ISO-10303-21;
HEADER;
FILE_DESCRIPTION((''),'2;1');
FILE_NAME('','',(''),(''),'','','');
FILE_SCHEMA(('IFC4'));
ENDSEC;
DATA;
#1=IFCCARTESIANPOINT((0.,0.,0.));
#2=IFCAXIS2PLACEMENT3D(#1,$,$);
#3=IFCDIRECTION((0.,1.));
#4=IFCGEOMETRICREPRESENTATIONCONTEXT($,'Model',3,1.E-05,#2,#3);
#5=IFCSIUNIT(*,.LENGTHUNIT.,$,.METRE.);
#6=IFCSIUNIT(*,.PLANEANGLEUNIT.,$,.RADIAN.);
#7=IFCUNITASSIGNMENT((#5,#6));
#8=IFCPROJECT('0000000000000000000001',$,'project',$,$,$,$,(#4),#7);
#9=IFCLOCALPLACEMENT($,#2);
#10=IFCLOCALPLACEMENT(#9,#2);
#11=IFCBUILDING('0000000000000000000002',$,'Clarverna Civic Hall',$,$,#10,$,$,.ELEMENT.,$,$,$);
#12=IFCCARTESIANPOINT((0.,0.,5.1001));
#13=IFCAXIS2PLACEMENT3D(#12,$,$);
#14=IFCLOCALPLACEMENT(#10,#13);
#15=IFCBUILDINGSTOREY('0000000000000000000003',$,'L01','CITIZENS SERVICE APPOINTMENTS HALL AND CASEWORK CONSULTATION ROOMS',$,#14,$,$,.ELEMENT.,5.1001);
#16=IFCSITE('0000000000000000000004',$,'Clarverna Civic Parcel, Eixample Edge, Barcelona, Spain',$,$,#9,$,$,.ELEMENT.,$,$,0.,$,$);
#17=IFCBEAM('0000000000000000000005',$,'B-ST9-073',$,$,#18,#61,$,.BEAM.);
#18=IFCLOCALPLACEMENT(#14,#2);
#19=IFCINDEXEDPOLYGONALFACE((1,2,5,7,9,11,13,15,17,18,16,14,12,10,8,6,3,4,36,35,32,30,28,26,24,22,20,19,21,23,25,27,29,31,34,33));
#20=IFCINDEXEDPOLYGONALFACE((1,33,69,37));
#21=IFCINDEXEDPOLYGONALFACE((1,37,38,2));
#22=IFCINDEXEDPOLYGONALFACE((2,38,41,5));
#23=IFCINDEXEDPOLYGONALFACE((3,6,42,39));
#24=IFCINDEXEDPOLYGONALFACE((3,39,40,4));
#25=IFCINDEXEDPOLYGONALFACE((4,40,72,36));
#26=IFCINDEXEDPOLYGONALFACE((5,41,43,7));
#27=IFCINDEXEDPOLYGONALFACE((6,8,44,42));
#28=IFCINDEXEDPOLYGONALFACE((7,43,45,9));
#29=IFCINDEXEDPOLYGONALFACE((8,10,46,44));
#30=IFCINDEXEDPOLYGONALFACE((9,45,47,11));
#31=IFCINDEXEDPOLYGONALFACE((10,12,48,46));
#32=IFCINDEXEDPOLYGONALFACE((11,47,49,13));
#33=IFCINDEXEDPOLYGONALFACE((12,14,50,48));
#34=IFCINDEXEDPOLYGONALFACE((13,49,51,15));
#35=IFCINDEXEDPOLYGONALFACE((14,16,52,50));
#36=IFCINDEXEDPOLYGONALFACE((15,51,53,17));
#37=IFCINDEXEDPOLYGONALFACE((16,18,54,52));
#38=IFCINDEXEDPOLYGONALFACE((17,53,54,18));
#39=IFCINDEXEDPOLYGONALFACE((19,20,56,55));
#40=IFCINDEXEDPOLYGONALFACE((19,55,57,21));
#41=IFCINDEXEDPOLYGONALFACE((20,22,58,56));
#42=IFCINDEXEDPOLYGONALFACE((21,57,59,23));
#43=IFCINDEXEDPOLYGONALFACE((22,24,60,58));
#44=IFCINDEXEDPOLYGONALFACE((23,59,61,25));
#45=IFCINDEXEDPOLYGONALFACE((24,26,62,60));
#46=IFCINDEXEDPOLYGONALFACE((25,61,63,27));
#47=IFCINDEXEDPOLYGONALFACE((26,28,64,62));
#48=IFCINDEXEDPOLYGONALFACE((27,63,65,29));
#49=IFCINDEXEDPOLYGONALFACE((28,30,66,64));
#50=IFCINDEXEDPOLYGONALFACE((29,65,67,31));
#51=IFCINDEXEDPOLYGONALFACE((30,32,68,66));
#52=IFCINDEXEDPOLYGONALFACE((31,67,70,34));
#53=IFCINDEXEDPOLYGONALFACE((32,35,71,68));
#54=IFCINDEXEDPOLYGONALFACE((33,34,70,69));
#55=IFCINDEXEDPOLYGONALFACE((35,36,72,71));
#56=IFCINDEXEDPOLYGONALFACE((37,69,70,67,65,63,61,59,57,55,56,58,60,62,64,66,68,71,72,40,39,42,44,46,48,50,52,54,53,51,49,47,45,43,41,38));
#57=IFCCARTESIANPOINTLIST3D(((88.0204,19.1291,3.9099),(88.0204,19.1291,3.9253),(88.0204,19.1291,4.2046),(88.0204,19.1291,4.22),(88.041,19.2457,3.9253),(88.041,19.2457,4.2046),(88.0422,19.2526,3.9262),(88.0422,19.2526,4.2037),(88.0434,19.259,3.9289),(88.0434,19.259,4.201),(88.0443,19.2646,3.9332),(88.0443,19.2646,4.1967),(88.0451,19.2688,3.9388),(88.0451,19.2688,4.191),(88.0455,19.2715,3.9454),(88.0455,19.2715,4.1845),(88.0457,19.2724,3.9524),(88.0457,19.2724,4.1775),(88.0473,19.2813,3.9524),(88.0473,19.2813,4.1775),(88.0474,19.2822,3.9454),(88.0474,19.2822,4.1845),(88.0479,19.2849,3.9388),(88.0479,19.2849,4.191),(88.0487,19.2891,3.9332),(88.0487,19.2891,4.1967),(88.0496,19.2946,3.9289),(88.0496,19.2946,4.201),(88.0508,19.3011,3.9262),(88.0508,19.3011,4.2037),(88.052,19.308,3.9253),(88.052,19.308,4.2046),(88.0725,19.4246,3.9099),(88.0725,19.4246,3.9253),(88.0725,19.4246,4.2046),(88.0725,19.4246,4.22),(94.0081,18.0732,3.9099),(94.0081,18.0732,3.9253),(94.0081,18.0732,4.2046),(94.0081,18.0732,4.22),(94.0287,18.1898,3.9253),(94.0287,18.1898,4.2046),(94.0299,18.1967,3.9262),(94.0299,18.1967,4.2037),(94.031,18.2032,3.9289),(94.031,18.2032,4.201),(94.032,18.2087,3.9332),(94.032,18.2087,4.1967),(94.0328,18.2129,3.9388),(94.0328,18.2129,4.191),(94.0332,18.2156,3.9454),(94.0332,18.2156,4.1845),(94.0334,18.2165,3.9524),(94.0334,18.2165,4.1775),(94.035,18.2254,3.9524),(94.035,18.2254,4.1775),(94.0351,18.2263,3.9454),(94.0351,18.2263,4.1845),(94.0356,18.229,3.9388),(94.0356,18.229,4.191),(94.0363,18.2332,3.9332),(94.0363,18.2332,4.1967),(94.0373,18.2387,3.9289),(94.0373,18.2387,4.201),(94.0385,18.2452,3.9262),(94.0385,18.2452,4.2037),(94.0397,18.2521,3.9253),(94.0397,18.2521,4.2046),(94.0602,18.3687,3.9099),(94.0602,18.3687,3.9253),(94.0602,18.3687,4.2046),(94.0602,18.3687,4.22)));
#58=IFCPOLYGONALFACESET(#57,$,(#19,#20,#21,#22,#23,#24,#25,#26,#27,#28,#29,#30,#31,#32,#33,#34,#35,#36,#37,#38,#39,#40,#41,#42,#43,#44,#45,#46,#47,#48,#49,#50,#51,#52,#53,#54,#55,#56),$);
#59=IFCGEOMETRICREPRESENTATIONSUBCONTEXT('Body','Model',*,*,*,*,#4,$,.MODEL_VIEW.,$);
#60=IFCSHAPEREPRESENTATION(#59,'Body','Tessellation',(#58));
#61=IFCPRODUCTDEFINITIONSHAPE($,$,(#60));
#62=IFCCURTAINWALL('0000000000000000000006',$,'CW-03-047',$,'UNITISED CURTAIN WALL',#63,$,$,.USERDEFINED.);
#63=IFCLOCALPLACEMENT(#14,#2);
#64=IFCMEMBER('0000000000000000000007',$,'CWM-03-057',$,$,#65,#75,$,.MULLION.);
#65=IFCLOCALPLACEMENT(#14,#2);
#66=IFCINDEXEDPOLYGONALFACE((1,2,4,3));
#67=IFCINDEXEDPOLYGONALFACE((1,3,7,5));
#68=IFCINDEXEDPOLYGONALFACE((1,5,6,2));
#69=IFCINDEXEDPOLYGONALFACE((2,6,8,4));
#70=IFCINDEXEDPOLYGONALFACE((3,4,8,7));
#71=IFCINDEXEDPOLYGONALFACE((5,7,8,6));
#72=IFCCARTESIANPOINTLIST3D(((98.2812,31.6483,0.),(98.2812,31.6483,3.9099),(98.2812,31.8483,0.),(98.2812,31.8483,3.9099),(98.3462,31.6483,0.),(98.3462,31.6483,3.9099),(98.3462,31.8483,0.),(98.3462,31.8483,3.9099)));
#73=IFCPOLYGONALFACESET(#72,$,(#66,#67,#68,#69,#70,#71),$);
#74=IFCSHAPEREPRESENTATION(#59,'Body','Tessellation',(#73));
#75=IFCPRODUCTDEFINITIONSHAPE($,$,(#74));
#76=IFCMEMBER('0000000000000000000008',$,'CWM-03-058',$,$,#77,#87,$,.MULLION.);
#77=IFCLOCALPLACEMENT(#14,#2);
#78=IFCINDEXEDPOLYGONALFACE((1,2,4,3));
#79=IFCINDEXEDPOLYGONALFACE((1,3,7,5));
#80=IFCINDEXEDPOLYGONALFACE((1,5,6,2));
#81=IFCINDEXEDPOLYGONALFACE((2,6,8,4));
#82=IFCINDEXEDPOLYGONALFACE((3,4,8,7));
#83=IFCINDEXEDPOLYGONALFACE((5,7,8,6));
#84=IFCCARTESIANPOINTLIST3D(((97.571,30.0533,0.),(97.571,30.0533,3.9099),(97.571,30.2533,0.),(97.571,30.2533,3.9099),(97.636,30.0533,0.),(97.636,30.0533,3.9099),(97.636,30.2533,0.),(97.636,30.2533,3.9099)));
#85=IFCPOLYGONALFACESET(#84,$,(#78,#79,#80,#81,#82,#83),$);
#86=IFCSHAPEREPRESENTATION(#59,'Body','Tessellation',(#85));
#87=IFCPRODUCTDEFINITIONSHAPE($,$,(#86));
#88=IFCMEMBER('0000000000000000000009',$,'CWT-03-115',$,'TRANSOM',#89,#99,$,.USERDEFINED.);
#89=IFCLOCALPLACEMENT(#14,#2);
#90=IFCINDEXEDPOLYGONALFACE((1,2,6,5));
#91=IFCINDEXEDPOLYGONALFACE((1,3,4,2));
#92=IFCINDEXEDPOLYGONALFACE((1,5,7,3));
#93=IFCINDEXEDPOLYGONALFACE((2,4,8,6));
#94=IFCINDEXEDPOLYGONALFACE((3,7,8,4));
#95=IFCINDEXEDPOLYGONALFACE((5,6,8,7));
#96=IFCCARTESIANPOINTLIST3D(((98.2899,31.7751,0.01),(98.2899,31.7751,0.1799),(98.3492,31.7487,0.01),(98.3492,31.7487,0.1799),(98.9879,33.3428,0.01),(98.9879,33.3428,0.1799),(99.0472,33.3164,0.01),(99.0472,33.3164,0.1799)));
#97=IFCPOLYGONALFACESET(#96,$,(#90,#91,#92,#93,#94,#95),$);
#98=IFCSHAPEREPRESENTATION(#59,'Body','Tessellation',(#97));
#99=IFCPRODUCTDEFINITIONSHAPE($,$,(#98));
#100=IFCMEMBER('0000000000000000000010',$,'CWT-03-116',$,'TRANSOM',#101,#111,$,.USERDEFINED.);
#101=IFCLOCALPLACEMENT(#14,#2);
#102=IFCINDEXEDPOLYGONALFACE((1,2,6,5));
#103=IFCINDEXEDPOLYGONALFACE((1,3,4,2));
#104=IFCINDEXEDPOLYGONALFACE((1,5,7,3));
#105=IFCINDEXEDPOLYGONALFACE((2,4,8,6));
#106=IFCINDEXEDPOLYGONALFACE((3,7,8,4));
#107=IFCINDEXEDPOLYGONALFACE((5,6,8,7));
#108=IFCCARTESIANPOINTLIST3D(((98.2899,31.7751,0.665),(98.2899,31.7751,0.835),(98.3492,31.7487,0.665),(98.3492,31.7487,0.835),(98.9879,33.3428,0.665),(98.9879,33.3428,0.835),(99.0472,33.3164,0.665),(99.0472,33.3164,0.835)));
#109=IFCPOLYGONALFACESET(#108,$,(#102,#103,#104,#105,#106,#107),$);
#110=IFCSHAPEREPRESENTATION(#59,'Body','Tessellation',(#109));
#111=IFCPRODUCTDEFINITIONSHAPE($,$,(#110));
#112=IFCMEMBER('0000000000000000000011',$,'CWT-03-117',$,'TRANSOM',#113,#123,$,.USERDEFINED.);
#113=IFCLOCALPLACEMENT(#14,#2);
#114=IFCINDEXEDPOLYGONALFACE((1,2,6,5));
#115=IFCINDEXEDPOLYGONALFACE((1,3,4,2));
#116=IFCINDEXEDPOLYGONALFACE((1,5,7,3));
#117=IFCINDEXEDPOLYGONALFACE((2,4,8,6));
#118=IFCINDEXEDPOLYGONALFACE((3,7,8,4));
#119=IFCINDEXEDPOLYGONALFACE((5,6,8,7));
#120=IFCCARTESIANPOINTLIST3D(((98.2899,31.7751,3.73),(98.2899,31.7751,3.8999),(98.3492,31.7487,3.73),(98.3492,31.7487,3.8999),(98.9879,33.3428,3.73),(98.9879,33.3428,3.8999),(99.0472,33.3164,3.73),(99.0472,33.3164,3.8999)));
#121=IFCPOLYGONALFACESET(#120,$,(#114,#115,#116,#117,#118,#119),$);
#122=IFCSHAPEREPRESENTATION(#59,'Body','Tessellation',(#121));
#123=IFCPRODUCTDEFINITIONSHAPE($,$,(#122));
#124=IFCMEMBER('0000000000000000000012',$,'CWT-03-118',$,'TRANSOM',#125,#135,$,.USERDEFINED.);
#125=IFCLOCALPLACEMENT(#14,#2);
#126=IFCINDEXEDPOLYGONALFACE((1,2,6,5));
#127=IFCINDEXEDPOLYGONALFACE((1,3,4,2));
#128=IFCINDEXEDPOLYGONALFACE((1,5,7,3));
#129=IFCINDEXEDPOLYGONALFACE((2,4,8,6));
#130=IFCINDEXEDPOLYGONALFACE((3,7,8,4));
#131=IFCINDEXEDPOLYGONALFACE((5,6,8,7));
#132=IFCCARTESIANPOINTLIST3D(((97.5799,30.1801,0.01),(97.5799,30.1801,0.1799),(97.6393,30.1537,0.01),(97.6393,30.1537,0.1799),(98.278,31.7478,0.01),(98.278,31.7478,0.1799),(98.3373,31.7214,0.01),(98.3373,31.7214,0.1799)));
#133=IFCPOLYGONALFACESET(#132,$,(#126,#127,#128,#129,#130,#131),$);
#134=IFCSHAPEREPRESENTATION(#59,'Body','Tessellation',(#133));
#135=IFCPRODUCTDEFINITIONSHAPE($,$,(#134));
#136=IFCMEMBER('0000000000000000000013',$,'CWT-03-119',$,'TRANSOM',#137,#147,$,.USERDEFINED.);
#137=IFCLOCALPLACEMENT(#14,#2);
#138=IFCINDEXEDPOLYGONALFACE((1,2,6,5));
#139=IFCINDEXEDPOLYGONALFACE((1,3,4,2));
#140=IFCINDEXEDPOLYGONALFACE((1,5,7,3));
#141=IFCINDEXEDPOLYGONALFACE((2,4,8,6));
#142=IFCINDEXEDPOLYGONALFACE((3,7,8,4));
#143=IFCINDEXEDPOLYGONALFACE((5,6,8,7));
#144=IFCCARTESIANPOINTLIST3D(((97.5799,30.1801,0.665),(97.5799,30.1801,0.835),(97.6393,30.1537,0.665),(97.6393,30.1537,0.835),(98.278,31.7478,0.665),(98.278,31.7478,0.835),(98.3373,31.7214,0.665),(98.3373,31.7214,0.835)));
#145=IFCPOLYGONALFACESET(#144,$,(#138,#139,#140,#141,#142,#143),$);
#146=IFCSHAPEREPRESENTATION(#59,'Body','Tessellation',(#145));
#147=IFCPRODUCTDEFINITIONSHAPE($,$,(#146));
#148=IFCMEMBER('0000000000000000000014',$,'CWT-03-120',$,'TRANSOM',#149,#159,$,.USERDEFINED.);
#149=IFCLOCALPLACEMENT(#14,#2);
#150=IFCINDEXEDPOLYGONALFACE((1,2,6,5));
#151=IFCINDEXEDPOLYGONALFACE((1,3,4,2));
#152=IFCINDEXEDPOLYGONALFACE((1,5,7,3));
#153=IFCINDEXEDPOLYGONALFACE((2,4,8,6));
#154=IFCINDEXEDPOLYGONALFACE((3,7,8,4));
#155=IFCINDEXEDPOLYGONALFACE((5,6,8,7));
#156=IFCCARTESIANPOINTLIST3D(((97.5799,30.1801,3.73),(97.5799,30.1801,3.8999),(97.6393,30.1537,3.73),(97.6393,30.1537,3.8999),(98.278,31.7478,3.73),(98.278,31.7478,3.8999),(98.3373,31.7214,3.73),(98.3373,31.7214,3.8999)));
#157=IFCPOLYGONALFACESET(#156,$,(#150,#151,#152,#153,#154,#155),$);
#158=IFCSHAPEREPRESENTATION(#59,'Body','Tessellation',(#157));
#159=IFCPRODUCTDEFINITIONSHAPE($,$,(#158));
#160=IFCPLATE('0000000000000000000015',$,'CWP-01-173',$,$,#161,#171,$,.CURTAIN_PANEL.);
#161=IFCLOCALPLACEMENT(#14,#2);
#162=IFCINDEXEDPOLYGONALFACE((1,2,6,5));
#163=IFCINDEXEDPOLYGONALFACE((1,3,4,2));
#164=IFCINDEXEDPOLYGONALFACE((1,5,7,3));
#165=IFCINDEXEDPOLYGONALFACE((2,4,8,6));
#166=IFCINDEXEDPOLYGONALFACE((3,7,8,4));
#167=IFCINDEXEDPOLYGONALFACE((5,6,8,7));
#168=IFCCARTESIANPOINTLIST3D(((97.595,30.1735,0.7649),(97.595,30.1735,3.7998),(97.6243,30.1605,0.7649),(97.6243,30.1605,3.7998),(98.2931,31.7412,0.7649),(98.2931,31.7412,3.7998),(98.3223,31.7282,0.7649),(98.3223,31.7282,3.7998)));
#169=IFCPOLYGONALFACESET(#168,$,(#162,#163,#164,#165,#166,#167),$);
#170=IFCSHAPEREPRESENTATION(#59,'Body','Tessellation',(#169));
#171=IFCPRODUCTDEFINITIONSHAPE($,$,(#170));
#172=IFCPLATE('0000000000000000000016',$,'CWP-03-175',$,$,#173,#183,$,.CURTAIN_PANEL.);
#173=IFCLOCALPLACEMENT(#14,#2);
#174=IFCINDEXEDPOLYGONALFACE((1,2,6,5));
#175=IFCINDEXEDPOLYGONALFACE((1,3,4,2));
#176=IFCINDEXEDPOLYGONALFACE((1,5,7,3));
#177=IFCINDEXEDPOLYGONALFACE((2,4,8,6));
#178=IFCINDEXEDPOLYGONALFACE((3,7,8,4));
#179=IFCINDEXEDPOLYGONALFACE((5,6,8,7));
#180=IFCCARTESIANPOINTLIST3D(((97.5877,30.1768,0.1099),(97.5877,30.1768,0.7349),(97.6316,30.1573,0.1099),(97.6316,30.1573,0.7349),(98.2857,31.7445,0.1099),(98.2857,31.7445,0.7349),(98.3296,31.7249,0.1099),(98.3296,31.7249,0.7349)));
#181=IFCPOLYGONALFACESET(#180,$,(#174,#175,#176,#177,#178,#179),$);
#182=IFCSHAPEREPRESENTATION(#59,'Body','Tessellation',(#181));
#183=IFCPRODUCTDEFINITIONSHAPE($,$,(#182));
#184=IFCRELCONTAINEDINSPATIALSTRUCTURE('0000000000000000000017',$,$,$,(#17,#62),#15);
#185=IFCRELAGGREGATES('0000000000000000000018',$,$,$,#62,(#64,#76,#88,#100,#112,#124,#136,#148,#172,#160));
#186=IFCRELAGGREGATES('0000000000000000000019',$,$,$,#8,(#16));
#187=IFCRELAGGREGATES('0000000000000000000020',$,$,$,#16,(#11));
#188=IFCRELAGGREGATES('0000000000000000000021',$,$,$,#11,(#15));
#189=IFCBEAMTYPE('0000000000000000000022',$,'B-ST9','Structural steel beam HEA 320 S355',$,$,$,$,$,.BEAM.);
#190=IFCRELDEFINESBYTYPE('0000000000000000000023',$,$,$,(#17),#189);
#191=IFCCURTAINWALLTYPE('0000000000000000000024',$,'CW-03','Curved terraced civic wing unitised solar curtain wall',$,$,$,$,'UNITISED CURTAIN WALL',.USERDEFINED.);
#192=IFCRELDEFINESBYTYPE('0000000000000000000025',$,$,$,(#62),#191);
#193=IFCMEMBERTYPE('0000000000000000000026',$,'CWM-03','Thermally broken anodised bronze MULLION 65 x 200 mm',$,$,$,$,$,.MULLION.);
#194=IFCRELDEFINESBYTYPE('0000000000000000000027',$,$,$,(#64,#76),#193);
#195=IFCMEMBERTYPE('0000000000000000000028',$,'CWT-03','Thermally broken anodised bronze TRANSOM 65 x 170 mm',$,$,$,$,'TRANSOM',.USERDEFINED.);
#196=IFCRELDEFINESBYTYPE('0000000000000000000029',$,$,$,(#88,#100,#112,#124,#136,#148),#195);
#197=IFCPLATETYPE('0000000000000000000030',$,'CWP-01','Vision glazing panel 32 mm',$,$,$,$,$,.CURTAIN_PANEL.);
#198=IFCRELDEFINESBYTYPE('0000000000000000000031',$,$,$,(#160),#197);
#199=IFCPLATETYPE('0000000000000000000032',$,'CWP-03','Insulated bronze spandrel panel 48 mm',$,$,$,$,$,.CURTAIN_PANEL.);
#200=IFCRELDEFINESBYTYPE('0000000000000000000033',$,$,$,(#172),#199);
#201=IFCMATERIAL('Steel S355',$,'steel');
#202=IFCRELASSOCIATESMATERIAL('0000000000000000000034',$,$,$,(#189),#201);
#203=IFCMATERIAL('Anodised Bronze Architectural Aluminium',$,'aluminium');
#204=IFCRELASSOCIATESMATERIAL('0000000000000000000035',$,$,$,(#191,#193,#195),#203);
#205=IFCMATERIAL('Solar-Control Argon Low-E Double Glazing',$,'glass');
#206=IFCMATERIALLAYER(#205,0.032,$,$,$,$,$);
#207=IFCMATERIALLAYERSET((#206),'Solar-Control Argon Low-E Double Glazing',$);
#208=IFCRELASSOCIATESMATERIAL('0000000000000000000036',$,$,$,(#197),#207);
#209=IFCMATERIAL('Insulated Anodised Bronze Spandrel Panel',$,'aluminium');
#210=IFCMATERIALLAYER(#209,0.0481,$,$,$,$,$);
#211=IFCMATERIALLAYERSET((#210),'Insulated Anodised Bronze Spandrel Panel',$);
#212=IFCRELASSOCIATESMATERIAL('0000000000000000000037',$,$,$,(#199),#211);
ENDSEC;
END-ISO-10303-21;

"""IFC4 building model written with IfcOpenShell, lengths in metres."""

from ifc_helpers import new_model, si_unit, direction, frame, frame_2d, origin, origin_2d, place, context, subcontext, project, spatial, rectangle, i_section, extrude, material, layer, layer_set, material_profile, profile_set, type_object, element, aggregate, save


model = new_model("IFC4")

# Units and contexts
model_context = context("Model", 3, precision=1e-05, world=origin(), true_north=direction((0.0, 1.0)))
body_context = subcontext(model_context, "Body", "Model", "MODEL_VIEW")
ifc_project = project(units=[si_unit("LENGTHUNIT", "METRE"), si_unit("PLANEANGLEUNIT", "RADIAN")], contexts=[model_context])

# Site, building, storey
site_placement = place(None, origin())
site = spatial("IfcSite", under=ifc_project, at=site_placement, Name="Clarverna Civic Parcel, Eixample Edge, Barcelona, Spain", CompositionType="ELEMENT", RefElevation=0.0)
building_placement = place(site_placement, origin())
building = spatial("IfcBuilding", under=site, at=building_placement, Name="Clarverna Civic Hall", CompositionType="ELEMENT")
storey_placement = place(building_placement, frame((0.0, 0.0, 5.1001)))
storey = spatial("IfcBuildingStorey", under=building, at=storey_placement, Name="L01", Description="CITIZENS SERVICE APPOINTMENTS HALL AND CASEWORK CONSULTATION ROOMS", CompositionType="ELEMENT", Elevation=5.1001)

# Beam
ifc_material_1 = material(Name="Steel S355", Category="steel")
ifc_material_profile_1 = material_profile(ifc_material_1, i_section(OverallWidth=0.3, OverallDepth=0.3101, WebThickness=0.009, FlangeThickness=0.0154, FilletRadius=0.0271, at=origin_2d()), Name="HEA 320")
ifc_profile_set_1 = profile_set([ifc_material_profile_1], Name="Steel S355")
beam_type_1 = type_object("IfcBeamType", Name="B-ST9", Description="Structural steel beam HEA 320 S355", PredefinedType="BEAM", material=ifc_profile_set_1)
for number, where, z_axis, x_axis, name in (
    (1, (94.0342, 18.2209, 4.0649), (-0.984805, 0.173664, 0.0), (-0.173664, -0.984805, 0.0), "B-ST9-073"),
):
    element("IfcBeam", number, at=place(storey_placement, frame(where, z_axis=z_axis, x_axis=x_axis)), inside=storey, type_object=beam_type_1, Name=name, PredefinedType="BEAM", context=body_context, shape_type="SweptSolid", body=[
        extrude(i_section(OverallWidth=0.3, OverallDepth=0.3101, WebThickness=0.009, FlangeThickness=0.0154, FilletRadius=0.0271, at=origin_2d()), origin(), (0.0, 0.0, 1.0), 6.0801),
    ])

# Curtain wall, members, plates
ifc_material_2 = material(Name="Anodised Bronze Architectural Aluminium", Category="aluminium")
curtain_wall_type = type_object("IfcCurtainWallType", Name="CW-03", Description="Curved terraced civic wing unitised solar curtain wall", ElementType="UNITISED CURTAIN WALL", PredefinedType="USERDEFINED", material=ifc_material_2)
curtain_wall_placement = place(storey_placement, origin())
curtain_wall = element("IfcCurtainWall", 2, at=curtain_wall_placement, inside=storey, type_object=curtain_wall_type, Name="CW-03-047", ObjectType="UNITISED CURTAIN WALL", PredefinedType="USERDEFINED")
ifc_material_profile_2 = material_profile(ifc_material_2, rectangle(XDim=0.0649, YDim=0.2, at=origin_2d()), Name="BRONZE 65x200")
ifc_profile_set_2 = profile_set([ifc_material_profile_2], Name="Anodised Bronze Architectural Aluminium")
member_type_1 = type_object("IfcMemberType", Name="CWM-03", Description="Thermally broken anodised bronze MULLION 65 x 200 mm", PredefinedType="MULLION", material=ifc_profile_set_2)
member_1_placement = place(storey_placement, frame((98.3137, 31.7483, 0.0), z_axis=(0.0, 0.0, 1.0), x_axis=(1.0, 0.0, 0.0)))
member_1 = element("IfcMember", 3, at=member_1_placement, type_object=member_type_1, Name="CWM-03-057", PredefinedType="MULLION", context=body_context, shape_type="SweptSolid", body=[
    extrude(rectangle(XDim=0.0649, YDim=0.2, at=origin_2d()), origin(), (0.0, 0.0, 1.0), 3.9099),
])
member_2_placement = place(storey_placement, frame((97.6035, 30.1533, 0.0), z_axis=(0.0, 0.0, 1.0), x_axis=(1.0, 0.0, 0.0)))
member_2 = element("IfcMember", 4, at=member_2_placement, type_object=member_type_1, Name="CWM-03-058", PredefinedType="MULLION", context=body_context, shape_type="SweptSolid", body=[
    extrude(rectangle(XDim=0.0649, YDim=0.2, at=origin_2d()), origin(), (0.0, 0.0, 1.0), 3.9099),
])
ifc_material_profile_3 = material_profile(ifc_material_2, rectangle(XDim=0.0649, YDim=0.1699, at=origin_2d()), Name="BRONZE 65x170")
ifc_profile_set_3 = profile_set([ifc_material_profile_3], Name="Anodised Bronze Architectural Aluminium")
member_type_2 = type_object("IfcMemberType", Name="CWT-03", Description="Thermally broken anodised bronze TRANSOM 65 x 170 mm", ElementType="TRANSOM", PredefinedType="USERDEFINED", material=ifc_profile_set_3)
member_3_placement = place(storey_placement, frame((99.0176, 33.3296, 0.095), z_axis=(-0.406759, -0.913536, 0.0), x_axis=(0.913536, -0.406759, 0.0)))
member_3 = element("IfcMember", 5, at=member_3_placement, type_object=member_type_2, Name="CWT-03-115", ObjectType="TRANSOM", PredefinedType="USERDEFINED", context=body_context, shape_type="SweptSolid", body=[
    extrude(rectangle(XDim=0.0649, YDim=0.1699, at=origin_2d()), origin(), (0.0, 0.0, 1.0), 1.7161),
])
member_4_placement = place(storey_placement, frame((99.0176, 33.3296, 0.75), z_axis=(-0.406759, -0.913536, 0.0), x_axis=(0.913536, -0.406759, 0.0)))
member_4 = element("IfcMember", 6, at=member_4_placement, type_object=member_type_2, Name="CWT-03-116", ObjectType="TRANSOM", PredefinedType="USERDEFINED", context=body_context, shape_type="SweptSolid", body=[
    extrude(rectangle(XDim=0.0649, YDim=0.1699, at=origin_2d()), origin(), (0.0, 0.0, 1.0), 1.7161),
])
member_5_placement = place(storey_placement, frame((99.0176, 33.3296, 3.8149), z_axis=(-0.406759, -0.913536, 0.0), x_axis=(0.913536, -0.406759, 0.0)))
member_5 = element("IfcMember", 7, at=member_5_placement, type_object=member_type_2, Name="CWT-03-117", ObjectType="TRANSOM", PredefinedType="USERDEFINED", context=body_context, shape_type="SweptSolid", body=[
    extrude(rectangle(XDim=0.0649, YDim=0.1699, at=origin_2d()), origin(), (0.0, 0.0, 1.0), 1.7161),
])
member_6_placement = place(storey_placement, frame((98.3076, 31.7346, 0.095), z_axis=(-0.406759, -0.913536, 0.0), x_axis=(0.913536, -0.406759, 0.0)))
member_6 = element("IfcMember", 8, at=member_6_placement, type_object=member_type_2, Name="CWT-03-118", ObjectType="TRANSOM", PredefinedType="USERDEFINED", context=body_context, shape_type="SweptSolid", body=[
    extrude(rectangle(XDim=0.0649, YDim=0.1699, at=origin_2d()), origin(), (0.0, 0.0, 1.0), 1.7161),
])
member_7_placement = place(storey_placement, frame((98.3076, 31.7346, 0.75), z_axis=(-0.406759, -0.913536, 0.0), x_axis=(0.913536, -0.406759, 0.0)))
member_7 = element("IfcMember", 9, at=member_7_placement, type_object=member_type_2, Name="CWT-03-119", ObjectType="TRANSOM", PredefinedType="USERDEFINED", context=body_context, shape_type="SweptSolid", body=[
    extrude(rectangle(XDim=0.0649, YDim=0.1699, at=origin_2d()), origin(), (0.0, 0.0, 1.0), 1.7161),
])
member_8_placement = place(storey_placement, frame((98.3076, 31.7346, 3.8149), z_axis=(-0.406759, -0.913536, 0.0), x_axis=(0.913536, -0.406759, 0.0)))
member_8 = element("IfcMember", 10, at=member_8_placement, type_object=member_type_2, Name="CWT-03-120", ObjectType="TRANSOM", PredefinedType="USERDEFINED", context=body_context, shape_type="SweptSolid", body=[
    extrude(rectangle(XDim=0.0649, YDim=0.1699, at=origin_2d()), origin(), (0.0, 0.0, 1.0), 1.7161),
])
ifc_material_3 = material(Name="Solar-Control Argon Low-E Double Glazing", Category="glass")
ifc_layer_1 = layer(ifc_material_3, 0.032)
ifc_layer_set_1 = layer_set([ifc_layer_1], Name="Solar-Control Argon Low-E Double Glazing")
plate_type_1 = type_object("IfcPlateType", Name="CWP-01", Description="Vision glazing panel 32 mm", PredefinedType="CURTAIN_PANEL", material=ifc_layer_set_1)
plate_1_placement = place(storey_placement, frame((98.3076, 31.7346, 0.7649), z_axis=(0.0, 0.0, 1.0), x_axis=(-0.406759, -0.913536, 0.0)))
plate_1 = element("IfcPlate", 11, at=plate_1_placement, type_object=plate_type_1, Name="CWP-01-173", PredefinedType="CURTAIN_PANEL", context=body_context, shape_type="SweptSolid", body=[
    extrude(rectangle(XDim=1.7161, YDim=0.032, at=frame_2d((0.8579, 0.0))), origin(), (0.0, 0.0, 1.0), 3.0349),
])
ifc_material_4 = material(Name="Insulated Anodised Bronze Spandrel Panel", Category="aluminium")
ifc_layer_2 = layer(ifc_material_4, 0.0481)
ifc_layer_set_2 = layer_set([ifc_layer_2], Name="Insulated Anodised Bronze Spandrel Panel")
plate_type_2 = type_object("IfcPlateType", Name="CWP-03", Description="Insulated bronze spandrel panel 48 mm", PredefinedType="CURTAIN_PANEL", material=ifc_layer_set_2)
plate_2_placement = place(storey_placement, frame((98.3076, 31.7346, 0.1099), z_axis=(0.0, 0.0, 1.0), x_axis=(-0.406759, -0.913536, 0.0)))
plate_2 = element("IfcPlate", 12, at=plate_2_placement, type_object=plate_type_2, Name="CWP-03-175", PredefinedType="CURTAIN_PANEL", context=body_context, shape_type="SweptSolid", body=[
    extrude(rectangle(XDim=1.7161, YDim=0.0481, at=frame_2d((0.8579, 0.0))), origin(), (0.0, 0.0, 1.0), 0.625),
])
aggregate(curtain_wall, [member_1, member_2, member_3, member_4, member_5, member_6, member_7, member_8, plate_2, plate_1])

save(model, "model.ifc")
